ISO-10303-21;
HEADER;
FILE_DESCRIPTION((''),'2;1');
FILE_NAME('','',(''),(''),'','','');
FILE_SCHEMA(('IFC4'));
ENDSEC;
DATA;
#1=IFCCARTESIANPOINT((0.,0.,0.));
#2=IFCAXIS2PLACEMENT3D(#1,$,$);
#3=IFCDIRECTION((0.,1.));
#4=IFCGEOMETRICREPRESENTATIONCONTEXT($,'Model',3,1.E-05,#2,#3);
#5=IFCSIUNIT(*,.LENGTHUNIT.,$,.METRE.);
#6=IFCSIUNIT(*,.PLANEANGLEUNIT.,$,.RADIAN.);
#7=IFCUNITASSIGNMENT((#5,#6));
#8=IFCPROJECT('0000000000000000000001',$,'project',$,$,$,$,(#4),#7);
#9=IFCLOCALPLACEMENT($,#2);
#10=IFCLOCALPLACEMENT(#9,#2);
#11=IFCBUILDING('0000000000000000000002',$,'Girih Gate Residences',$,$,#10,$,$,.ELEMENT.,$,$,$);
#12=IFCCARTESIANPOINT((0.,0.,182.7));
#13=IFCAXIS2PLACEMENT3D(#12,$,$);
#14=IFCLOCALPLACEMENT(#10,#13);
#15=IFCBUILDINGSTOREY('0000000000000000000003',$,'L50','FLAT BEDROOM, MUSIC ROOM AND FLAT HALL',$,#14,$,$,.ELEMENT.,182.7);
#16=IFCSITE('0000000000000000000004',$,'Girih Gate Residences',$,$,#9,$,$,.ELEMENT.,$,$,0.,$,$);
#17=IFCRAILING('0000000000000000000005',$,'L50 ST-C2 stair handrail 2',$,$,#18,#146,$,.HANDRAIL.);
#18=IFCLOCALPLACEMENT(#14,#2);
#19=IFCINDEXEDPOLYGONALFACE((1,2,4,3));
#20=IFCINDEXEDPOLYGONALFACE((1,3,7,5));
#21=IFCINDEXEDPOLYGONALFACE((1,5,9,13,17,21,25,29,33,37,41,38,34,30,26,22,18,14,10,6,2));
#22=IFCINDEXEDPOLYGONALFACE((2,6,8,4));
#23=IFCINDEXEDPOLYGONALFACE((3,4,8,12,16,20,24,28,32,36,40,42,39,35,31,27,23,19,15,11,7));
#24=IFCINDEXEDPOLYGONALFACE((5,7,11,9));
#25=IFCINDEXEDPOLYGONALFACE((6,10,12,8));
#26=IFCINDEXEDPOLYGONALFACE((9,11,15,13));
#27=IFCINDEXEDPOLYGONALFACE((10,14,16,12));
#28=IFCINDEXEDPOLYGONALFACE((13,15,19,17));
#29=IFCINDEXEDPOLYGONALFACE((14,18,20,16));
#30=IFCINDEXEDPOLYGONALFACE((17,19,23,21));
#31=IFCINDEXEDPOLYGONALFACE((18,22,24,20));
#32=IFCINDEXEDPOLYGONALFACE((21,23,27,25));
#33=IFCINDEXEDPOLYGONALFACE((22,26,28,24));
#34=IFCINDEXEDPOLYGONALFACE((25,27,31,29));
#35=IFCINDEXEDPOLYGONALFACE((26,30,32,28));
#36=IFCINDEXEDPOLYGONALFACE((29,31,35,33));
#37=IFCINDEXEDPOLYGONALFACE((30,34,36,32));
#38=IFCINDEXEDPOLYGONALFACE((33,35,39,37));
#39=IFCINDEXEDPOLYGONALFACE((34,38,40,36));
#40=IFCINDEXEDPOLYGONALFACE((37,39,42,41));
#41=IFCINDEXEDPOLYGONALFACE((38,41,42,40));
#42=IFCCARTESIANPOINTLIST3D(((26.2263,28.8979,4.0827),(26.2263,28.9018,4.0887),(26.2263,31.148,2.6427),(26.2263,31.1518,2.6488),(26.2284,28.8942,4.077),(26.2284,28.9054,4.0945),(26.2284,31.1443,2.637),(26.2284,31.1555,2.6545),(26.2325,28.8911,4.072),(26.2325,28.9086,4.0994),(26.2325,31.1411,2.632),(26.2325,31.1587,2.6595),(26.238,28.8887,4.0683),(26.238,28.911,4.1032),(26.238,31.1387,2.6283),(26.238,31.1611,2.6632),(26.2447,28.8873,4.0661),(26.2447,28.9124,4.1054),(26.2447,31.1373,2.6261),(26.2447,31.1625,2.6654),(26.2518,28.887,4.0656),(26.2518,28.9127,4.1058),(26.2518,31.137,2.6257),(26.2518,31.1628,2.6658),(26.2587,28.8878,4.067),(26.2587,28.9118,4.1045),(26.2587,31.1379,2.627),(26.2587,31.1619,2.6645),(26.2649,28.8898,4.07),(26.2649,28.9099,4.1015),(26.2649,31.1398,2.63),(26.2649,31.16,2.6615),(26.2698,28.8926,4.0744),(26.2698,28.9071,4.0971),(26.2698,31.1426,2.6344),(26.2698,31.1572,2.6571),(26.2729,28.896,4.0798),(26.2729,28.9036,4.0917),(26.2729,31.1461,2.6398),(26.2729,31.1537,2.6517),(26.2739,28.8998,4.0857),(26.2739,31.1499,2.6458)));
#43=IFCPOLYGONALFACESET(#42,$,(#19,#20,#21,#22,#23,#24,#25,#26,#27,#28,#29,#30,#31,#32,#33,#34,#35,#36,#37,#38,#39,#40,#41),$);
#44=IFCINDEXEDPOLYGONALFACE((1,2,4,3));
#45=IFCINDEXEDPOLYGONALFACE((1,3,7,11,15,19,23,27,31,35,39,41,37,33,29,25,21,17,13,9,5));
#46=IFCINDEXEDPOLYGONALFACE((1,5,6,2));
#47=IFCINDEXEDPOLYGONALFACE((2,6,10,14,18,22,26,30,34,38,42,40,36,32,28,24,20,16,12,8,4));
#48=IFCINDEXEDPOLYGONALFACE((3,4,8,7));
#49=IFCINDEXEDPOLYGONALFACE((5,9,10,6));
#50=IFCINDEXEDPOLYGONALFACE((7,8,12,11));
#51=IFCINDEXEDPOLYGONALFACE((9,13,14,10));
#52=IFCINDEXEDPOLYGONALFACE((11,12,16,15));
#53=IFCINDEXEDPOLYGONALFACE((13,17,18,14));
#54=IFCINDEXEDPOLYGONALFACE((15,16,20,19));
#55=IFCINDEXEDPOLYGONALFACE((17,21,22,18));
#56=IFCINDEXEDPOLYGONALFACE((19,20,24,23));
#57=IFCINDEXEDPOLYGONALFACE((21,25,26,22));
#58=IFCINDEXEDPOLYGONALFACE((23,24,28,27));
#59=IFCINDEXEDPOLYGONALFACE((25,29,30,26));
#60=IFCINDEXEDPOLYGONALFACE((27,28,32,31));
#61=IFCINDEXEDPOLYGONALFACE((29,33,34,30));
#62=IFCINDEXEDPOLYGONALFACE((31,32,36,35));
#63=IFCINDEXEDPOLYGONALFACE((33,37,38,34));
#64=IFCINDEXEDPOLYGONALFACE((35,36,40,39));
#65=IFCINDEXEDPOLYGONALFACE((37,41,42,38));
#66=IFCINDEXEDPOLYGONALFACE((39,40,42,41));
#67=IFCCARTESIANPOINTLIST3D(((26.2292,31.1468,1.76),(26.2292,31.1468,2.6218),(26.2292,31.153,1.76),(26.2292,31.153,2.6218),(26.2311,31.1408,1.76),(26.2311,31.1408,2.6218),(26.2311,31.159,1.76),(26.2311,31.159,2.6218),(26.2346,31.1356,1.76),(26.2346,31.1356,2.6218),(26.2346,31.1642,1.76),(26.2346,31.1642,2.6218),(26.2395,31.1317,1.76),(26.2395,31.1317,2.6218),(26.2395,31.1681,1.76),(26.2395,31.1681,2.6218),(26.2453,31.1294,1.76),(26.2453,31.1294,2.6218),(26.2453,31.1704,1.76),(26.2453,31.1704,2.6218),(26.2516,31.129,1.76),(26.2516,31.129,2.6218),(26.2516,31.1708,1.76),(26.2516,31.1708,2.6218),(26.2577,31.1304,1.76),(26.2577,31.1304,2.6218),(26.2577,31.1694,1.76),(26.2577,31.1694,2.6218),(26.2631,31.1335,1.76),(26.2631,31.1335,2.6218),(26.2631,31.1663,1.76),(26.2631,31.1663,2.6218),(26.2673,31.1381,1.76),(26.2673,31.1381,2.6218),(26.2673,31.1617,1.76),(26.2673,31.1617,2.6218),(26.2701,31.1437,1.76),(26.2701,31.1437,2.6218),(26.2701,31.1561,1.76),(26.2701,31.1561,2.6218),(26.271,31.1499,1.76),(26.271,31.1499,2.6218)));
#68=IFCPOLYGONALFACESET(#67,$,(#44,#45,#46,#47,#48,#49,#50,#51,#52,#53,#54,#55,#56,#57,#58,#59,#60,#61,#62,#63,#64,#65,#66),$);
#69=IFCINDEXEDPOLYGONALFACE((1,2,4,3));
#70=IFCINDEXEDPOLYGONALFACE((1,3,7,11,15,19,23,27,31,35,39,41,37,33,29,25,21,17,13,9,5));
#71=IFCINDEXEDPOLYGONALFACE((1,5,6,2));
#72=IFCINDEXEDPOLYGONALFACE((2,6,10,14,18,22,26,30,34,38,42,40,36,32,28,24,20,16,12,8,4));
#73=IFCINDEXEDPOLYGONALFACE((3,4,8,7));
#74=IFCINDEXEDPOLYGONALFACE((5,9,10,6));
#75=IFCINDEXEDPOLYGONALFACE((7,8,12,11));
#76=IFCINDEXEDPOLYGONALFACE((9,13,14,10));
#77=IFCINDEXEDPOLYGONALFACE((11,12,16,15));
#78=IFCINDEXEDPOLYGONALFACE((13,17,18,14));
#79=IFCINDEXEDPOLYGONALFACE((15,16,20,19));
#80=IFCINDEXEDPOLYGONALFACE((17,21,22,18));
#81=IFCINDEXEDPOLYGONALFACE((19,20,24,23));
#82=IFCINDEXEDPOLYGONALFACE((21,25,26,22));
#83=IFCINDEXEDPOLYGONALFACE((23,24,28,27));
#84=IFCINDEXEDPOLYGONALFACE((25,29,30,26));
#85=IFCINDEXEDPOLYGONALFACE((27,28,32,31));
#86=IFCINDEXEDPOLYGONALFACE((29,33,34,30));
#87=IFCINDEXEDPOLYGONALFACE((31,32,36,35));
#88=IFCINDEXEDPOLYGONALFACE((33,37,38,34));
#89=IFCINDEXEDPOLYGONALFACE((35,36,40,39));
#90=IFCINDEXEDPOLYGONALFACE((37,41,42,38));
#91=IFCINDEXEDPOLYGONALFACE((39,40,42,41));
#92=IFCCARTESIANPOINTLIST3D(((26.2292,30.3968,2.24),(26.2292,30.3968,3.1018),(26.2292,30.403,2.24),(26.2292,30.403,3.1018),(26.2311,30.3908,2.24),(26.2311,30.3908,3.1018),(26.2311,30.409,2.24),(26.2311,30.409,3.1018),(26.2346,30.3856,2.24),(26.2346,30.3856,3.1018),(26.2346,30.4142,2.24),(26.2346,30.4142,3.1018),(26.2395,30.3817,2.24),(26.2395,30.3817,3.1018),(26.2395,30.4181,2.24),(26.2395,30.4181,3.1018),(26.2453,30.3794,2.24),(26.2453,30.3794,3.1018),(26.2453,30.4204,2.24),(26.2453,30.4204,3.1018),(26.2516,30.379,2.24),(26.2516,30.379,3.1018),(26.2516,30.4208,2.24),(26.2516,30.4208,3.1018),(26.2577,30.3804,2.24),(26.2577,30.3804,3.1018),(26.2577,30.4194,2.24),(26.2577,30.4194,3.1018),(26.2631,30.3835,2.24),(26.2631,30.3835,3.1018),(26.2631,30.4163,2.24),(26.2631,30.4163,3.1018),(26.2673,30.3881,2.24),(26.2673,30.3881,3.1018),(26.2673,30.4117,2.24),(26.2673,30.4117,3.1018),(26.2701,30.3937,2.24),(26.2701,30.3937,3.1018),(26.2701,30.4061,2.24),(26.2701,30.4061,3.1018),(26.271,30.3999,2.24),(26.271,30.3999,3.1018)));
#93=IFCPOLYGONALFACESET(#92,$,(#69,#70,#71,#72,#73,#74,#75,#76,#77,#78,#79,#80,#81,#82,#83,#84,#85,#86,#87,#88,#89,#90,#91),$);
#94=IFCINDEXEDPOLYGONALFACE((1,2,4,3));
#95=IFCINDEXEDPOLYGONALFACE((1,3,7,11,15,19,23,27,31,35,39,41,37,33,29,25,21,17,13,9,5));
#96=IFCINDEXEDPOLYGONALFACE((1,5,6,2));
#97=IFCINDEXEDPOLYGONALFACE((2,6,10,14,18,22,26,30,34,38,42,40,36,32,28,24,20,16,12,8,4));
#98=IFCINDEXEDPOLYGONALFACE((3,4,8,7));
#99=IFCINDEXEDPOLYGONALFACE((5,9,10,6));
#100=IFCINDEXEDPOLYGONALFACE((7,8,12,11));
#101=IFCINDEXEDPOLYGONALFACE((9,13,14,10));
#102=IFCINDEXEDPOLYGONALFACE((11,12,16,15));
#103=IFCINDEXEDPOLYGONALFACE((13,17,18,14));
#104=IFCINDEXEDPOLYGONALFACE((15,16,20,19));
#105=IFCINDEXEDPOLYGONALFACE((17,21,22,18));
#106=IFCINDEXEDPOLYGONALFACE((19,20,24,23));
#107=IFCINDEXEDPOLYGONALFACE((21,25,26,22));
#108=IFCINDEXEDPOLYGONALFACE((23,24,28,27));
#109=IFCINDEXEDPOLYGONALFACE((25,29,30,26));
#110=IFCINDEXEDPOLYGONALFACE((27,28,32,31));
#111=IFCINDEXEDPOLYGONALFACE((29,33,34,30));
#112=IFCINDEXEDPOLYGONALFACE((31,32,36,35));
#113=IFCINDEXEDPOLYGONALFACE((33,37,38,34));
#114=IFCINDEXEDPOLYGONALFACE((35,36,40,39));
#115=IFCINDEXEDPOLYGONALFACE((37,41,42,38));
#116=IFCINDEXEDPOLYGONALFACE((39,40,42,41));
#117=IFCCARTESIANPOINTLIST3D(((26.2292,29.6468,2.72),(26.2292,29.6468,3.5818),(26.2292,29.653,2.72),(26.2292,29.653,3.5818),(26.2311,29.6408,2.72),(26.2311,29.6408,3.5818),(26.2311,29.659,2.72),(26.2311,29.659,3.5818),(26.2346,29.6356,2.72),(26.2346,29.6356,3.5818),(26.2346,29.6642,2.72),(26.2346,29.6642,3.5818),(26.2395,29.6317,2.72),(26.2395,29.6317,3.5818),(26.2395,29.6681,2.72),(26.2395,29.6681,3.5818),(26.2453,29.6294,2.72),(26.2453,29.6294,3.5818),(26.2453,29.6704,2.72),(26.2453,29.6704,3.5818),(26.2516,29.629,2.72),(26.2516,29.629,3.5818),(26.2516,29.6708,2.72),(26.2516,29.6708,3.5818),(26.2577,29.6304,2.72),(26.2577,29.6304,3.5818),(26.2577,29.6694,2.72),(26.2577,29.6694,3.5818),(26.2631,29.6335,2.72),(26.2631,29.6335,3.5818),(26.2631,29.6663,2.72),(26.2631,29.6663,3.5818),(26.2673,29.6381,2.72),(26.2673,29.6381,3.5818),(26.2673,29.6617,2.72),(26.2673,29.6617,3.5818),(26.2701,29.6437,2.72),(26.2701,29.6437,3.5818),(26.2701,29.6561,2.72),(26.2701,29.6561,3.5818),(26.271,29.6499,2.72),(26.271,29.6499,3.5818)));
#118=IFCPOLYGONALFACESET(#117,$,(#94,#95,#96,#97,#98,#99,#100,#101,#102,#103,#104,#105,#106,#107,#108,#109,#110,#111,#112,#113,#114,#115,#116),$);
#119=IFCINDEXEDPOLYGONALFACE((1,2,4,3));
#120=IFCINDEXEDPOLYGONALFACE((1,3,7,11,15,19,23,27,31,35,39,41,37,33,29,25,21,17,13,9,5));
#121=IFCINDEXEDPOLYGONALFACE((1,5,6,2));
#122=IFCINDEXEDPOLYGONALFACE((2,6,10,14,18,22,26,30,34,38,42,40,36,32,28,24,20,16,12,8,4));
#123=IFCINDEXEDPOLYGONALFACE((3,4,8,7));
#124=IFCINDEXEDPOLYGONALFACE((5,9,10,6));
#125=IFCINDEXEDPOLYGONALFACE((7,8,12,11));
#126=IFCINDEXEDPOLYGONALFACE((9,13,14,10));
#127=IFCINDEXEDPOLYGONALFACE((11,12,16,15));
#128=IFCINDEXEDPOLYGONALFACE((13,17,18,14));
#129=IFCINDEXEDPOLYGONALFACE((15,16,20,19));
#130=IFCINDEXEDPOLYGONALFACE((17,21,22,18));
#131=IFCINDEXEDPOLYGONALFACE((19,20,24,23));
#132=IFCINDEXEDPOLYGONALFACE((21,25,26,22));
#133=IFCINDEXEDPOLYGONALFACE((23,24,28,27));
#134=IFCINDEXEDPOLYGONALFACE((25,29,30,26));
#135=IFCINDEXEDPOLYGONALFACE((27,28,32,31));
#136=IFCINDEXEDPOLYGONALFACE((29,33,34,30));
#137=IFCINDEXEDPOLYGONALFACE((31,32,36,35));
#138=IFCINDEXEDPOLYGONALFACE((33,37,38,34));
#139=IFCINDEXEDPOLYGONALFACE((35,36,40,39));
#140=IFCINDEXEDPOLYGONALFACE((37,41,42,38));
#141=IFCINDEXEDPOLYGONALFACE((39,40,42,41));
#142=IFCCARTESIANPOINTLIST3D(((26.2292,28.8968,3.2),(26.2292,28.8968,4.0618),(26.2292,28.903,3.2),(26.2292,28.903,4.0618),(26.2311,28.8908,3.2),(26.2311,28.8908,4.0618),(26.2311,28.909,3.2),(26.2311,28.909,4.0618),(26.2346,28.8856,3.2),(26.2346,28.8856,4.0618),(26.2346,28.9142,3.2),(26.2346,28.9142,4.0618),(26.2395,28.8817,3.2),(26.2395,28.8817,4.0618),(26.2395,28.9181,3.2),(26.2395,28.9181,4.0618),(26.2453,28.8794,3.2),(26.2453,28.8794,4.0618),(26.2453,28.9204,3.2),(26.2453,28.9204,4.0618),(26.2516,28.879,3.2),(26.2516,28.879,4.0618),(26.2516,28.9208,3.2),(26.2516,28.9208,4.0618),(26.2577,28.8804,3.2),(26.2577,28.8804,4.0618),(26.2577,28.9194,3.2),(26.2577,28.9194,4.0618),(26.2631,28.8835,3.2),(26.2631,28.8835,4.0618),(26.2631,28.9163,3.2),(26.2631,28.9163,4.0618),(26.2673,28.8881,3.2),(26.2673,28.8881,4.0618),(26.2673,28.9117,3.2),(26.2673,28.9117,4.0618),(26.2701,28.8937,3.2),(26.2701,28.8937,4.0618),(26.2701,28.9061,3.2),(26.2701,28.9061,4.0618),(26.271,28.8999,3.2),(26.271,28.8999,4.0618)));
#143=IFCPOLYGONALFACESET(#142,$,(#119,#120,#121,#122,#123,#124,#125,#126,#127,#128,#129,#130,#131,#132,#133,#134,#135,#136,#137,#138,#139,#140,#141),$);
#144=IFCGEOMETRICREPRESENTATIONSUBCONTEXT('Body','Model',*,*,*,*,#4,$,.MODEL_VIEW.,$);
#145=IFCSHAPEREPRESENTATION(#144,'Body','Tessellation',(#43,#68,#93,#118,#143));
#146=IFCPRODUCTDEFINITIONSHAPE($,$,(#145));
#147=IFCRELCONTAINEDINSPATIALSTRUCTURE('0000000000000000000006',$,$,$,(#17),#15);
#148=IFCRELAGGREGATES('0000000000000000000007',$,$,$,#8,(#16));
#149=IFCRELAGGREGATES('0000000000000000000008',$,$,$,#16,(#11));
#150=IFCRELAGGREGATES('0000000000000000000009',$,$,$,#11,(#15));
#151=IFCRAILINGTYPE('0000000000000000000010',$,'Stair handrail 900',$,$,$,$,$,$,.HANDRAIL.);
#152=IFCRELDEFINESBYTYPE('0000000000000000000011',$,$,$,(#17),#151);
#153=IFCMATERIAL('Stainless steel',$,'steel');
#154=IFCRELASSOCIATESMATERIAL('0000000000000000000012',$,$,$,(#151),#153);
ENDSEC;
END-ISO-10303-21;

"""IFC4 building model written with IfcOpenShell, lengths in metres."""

from ifc_helpers import new_model, si_unit, direction, frame, origin, origin_2d, place, context, subcontext, project, spatial, circle, extrude, material, type_object, element, save


model = new_model("IFC4")

# Units and contexts
model_context = context("Model", 3, precision=1e-05, world=origin(), true_north=direction((0.0, 1.0)))
body_context = subcontext(model_context, "Body", "Model", "MODEL_VIEW")
ifc_project = project(units=[si_unit("LENGTHUNIT", "METRE"), si_unit("PLANEANGLEUNIT", "RADIAN")], contexts=[model_context])

# Site, building, storey
site_placement = place(None, origin())
site = spatial("IfcSite", under=ifc_project, at=site_placement, Name="Girih Gate Residences", CompositionType="ELEMENT", RefElevation=0.0)
building_placement = place(site_placement, origin())
building = spatial("IfcBuilding", under=site, at=building_placement, Name="Girih Gate Residences", CompositionType="ELEMENT")
storey_placement = place(building_placement, frame((0.0, 0.0, 182.7)))
storey = spatial("IfcBuildingStorey", under=building, at=storey_placement, Name="L50", Description="FLAT BEDROOM, MUSIC ROOM AND FLAT HALL", CompositionType="ELEMENT", Elevation=182.7)

# Railing
ifc_material_1 = material(Name="Stainless steel", Category="steel")
railing_type_1 = type_object("IfcRailingType", Name="Stair handrail 900", PredefinedType="HANDRAIL", material=ifc_material_1)
railing_1_placement = place(storey_placement, frame((26.25, 31.1499, 1.76)))
element("IfcRailing", 1, at=railing_1_placement, inside=storey, type_object=railing_type_1, Name="L50 ST-C2 stair handrail 2", PredefinedType="HANDRAIL", context=body_context, shape_type="SweptSolid", body=[
    extrude(circle(Radius=0.0239, at=origin_2d()), frame((0.0, 0.0, 0.8857), z_axis=(0.0, -0.842281, 0.539038), x_axis=(1.0, 0.0, 0.0)), (0.0, 0.0, 1.0), 2.6714),
    extrude(circle(Radius=0.021, at=origin_2d()), origin(), (0.0, 0.0, 1.0), 0.8618),
    extrude(circle(Radius=0.021, at=origin_2d()), frame((0.0, -0.75, 0.48)), (0.0, 0.0, 1.0), 0.8618),
    extrude(circle(Radius=0.021, at=origin_2d()), frame((0.0, -1.5, 0.96)), (0.0, 0.0, 1.0), 0.8618),
    extrude(circle(Radius=0.021, at=origin_2d()), frame((0.0, -2.25, 1.4399)), (0.0, 0.0, 1.0), 0.8618),
])

save(model, "model.ifc")
